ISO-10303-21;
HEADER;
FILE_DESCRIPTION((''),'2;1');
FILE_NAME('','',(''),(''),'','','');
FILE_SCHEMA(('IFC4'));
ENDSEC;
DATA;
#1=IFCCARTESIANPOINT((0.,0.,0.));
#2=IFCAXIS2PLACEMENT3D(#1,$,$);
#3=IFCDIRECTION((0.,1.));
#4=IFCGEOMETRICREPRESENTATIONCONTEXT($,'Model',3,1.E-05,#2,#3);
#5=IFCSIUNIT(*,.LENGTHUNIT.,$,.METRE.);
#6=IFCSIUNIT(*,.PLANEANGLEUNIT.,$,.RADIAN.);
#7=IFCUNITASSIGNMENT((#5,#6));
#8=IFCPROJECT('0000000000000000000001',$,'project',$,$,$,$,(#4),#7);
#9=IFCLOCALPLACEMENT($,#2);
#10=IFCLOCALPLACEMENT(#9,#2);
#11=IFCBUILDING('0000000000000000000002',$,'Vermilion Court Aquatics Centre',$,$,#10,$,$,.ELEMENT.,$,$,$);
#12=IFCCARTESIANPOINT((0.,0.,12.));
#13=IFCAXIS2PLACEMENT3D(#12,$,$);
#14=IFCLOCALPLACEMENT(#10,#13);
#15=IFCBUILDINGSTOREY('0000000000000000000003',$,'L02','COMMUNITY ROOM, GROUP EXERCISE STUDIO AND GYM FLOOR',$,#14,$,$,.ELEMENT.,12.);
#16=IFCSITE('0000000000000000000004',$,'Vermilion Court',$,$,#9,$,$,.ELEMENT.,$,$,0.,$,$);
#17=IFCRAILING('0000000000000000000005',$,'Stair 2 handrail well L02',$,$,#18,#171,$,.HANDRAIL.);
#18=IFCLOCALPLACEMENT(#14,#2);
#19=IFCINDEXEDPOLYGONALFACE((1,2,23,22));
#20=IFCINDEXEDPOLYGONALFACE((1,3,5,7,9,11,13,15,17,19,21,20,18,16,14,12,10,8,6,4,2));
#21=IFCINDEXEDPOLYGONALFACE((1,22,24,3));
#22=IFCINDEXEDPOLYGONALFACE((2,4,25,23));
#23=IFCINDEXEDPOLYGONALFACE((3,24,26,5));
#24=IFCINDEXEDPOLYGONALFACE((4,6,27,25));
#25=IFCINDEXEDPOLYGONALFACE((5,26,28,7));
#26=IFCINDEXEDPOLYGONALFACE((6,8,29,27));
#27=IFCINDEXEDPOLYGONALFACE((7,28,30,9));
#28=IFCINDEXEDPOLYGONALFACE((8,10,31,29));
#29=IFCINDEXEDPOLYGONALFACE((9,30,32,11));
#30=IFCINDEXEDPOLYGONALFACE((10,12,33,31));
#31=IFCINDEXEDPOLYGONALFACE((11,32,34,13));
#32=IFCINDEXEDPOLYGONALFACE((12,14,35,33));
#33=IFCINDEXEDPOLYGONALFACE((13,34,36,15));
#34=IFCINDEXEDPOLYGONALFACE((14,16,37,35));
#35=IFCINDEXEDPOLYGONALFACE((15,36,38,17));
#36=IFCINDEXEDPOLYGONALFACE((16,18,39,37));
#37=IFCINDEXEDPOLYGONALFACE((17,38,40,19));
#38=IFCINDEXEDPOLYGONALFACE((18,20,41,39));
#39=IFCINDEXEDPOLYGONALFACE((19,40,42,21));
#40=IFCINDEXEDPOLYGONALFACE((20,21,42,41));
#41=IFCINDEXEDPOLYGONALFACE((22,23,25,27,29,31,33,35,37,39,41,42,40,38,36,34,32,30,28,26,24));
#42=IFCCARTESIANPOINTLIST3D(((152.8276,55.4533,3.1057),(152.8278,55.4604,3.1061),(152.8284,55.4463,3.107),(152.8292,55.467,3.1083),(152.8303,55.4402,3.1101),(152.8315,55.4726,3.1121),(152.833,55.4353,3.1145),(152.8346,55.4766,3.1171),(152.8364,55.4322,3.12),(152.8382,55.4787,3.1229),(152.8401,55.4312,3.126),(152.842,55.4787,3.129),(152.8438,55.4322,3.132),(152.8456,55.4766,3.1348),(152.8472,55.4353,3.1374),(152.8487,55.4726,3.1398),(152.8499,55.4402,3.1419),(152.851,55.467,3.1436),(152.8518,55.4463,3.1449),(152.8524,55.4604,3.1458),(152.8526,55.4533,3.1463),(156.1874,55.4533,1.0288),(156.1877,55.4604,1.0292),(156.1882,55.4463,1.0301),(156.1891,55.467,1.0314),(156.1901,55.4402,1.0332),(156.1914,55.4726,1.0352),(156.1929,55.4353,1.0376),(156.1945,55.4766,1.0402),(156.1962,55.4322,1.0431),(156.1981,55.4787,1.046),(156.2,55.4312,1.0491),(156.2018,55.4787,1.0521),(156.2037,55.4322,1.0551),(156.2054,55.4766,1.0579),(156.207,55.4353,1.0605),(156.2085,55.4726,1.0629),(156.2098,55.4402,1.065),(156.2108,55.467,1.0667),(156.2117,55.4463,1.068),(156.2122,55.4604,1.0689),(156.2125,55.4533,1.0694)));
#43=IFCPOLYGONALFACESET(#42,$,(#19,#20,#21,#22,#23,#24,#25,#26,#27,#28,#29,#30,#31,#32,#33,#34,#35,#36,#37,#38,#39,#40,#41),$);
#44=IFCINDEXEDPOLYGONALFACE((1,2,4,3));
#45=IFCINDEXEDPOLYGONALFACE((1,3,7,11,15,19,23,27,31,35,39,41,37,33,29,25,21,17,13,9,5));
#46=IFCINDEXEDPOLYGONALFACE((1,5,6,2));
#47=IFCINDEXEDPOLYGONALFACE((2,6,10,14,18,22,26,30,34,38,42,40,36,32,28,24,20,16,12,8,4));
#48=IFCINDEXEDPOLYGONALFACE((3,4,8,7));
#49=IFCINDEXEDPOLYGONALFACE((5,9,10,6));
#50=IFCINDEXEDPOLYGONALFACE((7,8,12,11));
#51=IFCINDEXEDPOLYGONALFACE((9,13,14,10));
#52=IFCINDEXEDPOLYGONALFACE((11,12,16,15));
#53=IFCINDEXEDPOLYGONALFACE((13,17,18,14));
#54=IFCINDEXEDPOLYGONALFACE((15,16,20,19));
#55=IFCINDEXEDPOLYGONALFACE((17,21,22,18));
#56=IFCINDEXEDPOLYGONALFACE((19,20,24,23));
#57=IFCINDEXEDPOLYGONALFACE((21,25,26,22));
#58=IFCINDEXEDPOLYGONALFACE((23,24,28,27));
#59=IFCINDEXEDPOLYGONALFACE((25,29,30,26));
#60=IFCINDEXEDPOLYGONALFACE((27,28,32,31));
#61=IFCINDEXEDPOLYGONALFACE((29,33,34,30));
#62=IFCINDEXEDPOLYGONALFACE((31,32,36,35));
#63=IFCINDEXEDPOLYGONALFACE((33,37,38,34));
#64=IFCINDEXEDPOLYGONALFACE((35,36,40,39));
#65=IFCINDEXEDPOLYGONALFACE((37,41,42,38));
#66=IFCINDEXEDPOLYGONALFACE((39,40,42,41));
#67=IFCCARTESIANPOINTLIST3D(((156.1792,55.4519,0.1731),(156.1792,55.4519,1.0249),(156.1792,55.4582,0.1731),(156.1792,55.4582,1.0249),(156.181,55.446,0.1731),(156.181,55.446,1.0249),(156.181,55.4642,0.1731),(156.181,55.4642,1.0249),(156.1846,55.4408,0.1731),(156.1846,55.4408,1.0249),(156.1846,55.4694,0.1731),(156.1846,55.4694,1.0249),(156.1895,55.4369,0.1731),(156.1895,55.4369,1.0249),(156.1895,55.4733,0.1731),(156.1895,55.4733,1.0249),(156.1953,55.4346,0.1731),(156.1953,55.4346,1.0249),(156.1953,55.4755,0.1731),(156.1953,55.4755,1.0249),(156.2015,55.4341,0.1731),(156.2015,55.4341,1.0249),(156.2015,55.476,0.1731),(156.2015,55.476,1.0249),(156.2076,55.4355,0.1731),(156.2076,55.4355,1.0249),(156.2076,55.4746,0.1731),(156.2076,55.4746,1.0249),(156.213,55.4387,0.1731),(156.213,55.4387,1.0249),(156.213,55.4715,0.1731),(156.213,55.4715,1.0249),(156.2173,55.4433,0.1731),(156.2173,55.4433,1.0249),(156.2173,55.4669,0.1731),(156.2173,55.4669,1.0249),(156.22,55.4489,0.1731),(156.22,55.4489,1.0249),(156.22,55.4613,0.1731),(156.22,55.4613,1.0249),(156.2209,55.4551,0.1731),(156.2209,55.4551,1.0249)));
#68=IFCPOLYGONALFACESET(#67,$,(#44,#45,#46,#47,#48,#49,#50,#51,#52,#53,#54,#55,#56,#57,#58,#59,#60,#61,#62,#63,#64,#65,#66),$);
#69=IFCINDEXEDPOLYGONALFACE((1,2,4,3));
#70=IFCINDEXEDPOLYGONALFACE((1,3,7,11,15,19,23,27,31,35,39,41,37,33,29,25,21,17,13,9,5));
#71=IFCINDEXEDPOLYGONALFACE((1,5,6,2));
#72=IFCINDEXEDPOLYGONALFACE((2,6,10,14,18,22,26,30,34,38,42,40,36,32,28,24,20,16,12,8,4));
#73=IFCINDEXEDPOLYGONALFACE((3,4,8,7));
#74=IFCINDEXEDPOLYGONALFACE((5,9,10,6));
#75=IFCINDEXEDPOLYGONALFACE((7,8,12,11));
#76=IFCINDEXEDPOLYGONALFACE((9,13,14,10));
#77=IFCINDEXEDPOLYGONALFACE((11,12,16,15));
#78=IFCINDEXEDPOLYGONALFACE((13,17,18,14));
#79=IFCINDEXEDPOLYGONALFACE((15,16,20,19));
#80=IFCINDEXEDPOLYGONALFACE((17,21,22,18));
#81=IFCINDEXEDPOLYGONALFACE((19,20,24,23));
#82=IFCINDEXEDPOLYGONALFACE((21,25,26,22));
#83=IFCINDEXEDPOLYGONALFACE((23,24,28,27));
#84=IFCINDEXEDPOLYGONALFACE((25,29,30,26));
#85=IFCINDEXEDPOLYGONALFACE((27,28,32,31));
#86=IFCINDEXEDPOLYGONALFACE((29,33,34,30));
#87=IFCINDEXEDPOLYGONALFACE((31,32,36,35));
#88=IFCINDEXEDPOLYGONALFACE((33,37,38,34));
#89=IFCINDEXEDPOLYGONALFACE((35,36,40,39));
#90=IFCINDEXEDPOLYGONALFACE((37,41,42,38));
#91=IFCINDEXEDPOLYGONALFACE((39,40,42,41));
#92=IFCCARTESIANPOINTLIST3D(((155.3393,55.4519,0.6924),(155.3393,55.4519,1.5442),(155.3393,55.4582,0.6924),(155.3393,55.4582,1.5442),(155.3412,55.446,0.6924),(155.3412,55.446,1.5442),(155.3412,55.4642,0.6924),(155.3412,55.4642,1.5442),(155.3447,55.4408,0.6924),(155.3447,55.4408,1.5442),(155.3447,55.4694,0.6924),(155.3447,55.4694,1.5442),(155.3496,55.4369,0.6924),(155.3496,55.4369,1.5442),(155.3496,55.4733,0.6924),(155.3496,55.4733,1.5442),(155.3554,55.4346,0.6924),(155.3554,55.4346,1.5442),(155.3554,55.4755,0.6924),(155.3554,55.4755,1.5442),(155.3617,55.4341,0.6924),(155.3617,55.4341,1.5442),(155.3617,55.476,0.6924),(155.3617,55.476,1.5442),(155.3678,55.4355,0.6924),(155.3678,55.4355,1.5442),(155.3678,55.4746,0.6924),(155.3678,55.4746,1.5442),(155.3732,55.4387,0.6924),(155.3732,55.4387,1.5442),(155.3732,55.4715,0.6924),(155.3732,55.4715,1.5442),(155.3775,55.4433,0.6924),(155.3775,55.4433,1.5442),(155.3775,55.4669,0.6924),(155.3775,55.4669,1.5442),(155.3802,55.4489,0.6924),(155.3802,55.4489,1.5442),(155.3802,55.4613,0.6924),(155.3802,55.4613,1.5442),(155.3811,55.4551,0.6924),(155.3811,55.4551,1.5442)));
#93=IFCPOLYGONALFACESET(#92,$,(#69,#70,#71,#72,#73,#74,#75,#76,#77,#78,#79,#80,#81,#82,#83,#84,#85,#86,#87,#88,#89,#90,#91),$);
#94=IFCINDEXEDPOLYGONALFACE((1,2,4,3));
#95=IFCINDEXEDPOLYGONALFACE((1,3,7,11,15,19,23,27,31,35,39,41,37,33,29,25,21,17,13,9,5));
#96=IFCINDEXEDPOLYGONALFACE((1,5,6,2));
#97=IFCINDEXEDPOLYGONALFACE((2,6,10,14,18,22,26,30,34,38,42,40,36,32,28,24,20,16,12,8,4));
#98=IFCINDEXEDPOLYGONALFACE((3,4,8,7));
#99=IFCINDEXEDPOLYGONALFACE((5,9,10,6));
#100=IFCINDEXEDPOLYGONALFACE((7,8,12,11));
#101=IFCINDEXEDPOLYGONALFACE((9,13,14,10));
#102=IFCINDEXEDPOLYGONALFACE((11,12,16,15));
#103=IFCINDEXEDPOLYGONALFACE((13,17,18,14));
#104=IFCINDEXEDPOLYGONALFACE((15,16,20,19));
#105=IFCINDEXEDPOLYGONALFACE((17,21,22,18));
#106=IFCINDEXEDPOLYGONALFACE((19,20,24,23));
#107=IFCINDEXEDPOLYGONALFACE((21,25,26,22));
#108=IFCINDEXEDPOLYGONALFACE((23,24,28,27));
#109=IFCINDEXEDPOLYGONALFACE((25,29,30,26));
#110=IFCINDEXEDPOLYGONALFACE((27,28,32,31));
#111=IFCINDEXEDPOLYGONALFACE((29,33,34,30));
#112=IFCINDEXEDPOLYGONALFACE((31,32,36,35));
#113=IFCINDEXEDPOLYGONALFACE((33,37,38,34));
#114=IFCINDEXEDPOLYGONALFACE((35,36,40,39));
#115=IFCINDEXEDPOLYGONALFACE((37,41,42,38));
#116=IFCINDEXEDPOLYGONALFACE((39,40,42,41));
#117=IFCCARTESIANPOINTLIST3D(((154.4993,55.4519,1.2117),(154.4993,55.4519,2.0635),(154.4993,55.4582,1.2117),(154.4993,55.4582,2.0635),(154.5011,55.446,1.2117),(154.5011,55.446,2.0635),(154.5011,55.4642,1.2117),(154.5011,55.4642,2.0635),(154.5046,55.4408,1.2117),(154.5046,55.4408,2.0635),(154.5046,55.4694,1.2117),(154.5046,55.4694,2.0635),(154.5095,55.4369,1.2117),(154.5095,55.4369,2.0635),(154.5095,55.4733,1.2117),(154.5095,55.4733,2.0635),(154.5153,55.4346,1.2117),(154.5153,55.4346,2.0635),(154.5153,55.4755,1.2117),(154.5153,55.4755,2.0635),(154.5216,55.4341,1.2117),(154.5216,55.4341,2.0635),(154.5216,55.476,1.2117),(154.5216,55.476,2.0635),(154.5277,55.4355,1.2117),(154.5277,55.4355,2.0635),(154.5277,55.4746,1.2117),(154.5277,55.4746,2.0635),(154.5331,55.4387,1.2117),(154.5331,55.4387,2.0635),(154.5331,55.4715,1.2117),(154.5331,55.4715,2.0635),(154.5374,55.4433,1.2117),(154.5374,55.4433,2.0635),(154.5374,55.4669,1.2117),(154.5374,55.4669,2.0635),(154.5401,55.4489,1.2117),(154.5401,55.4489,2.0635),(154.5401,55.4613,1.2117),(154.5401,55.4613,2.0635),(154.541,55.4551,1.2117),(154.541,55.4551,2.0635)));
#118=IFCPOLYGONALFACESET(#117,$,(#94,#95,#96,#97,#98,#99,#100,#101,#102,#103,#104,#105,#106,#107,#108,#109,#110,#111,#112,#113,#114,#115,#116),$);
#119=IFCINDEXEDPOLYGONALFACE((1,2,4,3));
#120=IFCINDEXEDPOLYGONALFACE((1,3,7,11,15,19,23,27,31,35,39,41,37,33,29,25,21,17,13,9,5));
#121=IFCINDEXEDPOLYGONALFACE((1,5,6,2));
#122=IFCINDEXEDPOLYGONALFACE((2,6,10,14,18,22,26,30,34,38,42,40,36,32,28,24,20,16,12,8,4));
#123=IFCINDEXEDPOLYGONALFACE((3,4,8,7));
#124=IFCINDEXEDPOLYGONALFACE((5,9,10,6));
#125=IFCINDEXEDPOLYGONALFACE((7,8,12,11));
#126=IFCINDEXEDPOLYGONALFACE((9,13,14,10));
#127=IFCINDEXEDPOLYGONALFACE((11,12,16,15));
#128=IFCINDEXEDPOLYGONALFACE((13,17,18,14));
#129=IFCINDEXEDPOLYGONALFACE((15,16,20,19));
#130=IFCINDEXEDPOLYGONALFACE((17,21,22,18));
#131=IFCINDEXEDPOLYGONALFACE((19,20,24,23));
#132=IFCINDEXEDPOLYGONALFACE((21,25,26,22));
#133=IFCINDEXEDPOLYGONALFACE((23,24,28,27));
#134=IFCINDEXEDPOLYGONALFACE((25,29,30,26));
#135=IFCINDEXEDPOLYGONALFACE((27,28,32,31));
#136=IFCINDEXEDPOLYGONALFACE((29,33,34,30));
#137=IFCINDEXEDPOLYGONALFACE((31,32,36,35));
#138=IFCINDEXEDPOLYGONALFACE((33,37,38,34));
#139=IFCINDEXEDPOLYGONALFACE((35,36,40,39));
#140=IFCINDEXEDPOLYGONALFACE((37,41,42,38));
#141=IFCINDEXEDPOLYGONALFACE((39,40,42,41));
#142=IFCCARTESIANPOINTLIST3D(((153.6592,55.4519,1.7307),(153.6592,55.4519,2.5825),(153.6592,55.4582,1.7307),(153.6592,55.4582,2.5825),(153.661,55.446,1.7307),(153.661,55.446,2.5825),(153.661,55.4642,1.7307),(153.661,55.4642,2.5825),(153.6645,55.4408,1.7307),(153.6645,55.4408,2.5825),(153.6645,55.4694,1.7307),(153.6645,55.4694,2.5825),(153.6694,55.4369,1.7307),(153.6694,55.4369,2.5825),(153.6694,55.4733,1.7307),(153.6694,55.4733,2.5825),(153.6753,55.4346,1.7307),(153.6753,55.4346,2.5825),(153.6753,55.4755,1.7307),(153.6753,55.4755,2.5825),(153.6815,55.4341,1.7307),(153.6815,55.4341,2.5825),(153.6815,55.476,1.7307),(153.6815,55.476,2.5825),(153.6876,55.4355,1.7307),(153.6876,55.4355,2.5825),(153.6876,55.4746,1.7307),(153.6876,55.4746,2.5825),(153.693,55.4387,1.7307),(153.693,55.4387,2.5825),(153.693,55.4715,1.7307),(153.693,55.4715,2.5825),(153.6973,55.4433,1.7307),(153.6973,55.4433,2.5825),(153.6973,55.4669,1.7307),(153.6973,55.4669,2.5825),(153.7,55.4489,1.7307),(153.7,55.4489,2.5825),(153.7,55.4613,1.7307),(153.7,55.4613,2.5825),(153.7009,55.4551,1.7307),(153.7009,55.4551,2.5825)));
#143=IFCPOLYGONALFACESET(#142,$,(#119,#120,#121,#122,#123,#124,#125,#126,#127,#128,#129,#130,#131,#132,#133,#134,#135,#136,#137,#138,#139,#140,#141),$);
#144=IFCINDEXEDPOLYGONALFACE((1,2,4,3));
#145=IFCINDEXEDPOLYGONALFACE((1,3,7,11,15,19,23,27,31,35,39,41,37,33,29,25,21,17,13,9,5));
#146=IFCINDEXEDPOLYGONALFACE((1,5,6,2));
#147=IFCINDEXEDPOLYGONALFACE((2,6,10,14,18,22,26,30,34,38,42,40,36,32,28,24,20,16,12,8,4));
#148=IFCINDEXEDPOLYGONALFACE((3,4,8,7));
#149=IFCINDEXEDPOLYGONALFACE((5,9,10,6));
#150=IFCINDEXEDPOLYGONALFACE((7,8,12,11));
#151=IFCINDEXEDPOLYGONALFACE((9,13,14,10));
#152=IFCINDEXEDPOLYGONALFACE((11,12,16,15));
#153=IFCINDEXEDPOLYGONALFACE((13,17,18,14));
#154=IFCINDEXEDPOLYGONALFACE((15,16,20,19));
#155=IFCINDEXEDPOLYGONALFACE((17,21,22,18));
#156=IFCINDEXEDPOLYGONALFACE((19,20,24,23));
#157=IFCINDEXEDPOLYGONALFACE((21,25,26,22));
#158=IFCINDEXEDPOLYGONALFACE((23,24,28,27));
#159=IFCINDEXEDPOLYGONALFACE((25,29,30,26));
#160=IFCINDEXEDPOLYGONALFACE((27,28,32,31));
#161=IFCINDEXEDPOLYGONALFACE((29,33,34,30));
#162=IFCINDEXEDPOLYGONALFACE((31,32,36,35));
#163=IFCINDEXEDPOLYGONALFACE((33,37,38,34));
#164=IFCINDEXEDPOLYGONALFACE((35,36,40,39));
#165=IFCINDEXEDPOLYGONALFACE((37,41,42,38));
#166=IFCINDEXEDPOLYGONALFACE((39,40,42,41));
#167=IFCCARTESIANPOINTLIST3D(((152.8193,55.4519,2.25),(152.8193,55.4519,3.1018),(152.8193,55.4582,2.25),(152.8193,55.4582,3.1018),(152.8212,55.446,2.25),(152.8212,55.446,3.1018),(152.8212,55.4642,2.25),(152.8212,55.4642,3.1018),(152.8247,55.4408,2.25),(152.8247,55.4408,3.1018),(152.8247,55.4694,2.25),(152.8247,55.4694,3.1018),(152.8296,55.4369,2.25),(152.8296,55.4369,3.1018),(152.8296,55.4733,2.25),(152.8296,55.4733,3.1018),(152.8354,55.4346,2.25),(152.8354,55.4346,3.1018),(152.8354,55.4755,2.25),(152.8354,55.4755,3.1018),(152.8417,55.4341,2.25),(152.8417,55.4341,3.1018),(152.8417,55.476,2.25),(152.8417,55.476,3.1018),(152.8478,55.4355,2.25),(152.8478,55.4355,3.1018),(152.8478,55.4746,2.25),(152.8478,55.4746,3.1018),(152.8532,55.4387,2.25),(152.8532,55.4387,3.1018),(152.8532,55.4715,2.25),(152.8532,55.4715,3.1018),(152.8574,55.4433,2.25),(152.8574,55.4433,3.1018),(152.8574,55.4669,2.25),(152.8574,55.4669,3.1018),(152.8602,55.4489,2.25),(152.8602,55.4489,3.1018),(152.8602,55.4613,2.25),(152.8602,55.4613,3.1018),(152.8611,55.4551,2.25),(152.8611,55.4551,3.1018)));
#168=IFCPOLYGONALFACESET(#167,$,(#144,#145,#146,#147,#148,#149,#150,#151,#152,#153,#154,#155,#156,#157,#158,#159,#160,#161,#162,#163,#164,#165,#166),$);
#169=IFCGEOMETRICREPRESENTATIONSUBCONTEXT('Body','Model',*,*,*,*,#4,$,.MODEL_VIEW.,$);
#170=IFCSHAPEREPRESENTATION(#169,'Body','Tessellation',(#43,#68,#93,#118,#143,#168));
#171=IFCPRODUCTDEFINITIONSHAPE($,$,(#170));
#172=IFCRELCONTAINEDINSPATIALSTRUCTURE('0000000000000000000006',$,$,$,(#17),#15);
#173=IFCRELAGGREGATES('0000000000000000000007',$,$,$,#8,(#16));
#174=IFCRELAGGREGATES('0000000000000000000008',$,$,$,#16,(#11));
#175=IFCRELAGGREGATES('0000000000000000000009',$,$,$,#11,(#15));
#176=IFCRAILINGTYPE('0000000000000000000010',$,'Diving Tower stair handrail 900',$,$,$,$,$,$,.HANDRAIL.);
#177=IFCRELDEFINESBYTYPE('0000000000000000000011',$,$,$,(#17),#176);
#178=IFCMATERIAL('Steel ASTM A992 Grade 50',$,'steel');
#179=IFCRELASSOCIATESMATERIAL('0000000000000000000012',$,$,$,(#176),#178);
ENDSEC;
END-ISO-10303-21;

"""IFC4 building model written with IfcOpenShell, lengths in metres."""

from ifc_helpers import new_model, si_unit, direction, frame, origin, origin_2d, place, context, subcontext, project, spatial, circle, extrude, material, type_object, element, save


model = new_model("IFC4")

# Units and contexts
model_context = context("Model", 3, precision=1e-05, world=origin(), true_north=direction((0.0, 1.0)))
body_context = subcontext(model_context, "Body", "Model", "MODEL_VIEW")
ifc_project = project(units=[si_unit("LENGTHUNIT", "METRE"), si_unit("PLANEANGLEUNIT", "RADIAN")], contexts=[model_context])

# Site, building, storey
site_placement = place(None, origin())
site = spatial("IfcSite", under=ifc_project, at=site_placement, Name="Vermilion Court", CompositionType="ELEMENT", RefElevation=0.0)
building_placement = place(site_placement, origin())
building = spatial("IfcBuilding", under=site, at=building_placement, Name="Vermilion Court Aquatics Centre", CompositionType="ELEMENT")
storey_placement = place(building_placement, frame((0.0, 0.0, 12.0)))
storey = spatial("IfcBuildingStorey", under=building, at=storey_placement, Name="L02", Description="COMMUNITY ROOM, GROUP EXERCISE STUDIO AND GYM FLOOR", CompositionType="ELEMENT", Elevation=12.0)

# Railing
ifc_material_1 = material(Name="Steel ASTM A992 Grade 50", Category="steel")
railing_type_1 = type_object("IfcRailingType", Name="Diving Tower stair handrail 900", PredefinedType="HANDRAIL", material=ifc_material_1)
railing_1_placement = place(storey_placement, frame((156.2, 55.4551, 0.1731)))
element("IfcRailing", 1, at=railing_1_placement, inside=storey, type_object=railing_type_1, Name="Stair 2 handrail well L02", PredefinedType="HANDRAIL", context=body_context, shape_type="SweptSolid", body=[
    extrude(circle(Radius=0.0239, at=origin_2d()), frame((0.0, 0.0, 0.876), z_axis=(-0.850606, 0.0, 0.525803), x_axis=(0.0, -1.0, 0.0)), (0.0, 0.0, 1.0), 3.95),
    extrude(circle(Radius=0.021, at=origin_2d()), origin(), (0.0, 0.0, 1.0), 0.8518),
    extrude(circle(Radius=0.021, at=origin_2d()), frame((-0.8398, 0.0, 0.5193)), (0.0, 0.0, 1.0), 0.8518),
    extrude(circle(Radius=0.021, at=origin_2d()), frame((-1.6799, 0.0, 1.0386)), (0.0, 0.0, 1.0), 0.8518),
    extrude(circle(Radius=0.021, at=origin_2d()), frame((-2.52, 0.0, 1.5576)), (0.0, 0.0, 1.0), 0.8518),
    extrude(circle(Radius=0.021, at=origin_2d()), frame((-3.3599, 0.0, 2.0769)), (0.0, 0.0, 1.0), 0.8518),
])

save(model, "model.ifc")
